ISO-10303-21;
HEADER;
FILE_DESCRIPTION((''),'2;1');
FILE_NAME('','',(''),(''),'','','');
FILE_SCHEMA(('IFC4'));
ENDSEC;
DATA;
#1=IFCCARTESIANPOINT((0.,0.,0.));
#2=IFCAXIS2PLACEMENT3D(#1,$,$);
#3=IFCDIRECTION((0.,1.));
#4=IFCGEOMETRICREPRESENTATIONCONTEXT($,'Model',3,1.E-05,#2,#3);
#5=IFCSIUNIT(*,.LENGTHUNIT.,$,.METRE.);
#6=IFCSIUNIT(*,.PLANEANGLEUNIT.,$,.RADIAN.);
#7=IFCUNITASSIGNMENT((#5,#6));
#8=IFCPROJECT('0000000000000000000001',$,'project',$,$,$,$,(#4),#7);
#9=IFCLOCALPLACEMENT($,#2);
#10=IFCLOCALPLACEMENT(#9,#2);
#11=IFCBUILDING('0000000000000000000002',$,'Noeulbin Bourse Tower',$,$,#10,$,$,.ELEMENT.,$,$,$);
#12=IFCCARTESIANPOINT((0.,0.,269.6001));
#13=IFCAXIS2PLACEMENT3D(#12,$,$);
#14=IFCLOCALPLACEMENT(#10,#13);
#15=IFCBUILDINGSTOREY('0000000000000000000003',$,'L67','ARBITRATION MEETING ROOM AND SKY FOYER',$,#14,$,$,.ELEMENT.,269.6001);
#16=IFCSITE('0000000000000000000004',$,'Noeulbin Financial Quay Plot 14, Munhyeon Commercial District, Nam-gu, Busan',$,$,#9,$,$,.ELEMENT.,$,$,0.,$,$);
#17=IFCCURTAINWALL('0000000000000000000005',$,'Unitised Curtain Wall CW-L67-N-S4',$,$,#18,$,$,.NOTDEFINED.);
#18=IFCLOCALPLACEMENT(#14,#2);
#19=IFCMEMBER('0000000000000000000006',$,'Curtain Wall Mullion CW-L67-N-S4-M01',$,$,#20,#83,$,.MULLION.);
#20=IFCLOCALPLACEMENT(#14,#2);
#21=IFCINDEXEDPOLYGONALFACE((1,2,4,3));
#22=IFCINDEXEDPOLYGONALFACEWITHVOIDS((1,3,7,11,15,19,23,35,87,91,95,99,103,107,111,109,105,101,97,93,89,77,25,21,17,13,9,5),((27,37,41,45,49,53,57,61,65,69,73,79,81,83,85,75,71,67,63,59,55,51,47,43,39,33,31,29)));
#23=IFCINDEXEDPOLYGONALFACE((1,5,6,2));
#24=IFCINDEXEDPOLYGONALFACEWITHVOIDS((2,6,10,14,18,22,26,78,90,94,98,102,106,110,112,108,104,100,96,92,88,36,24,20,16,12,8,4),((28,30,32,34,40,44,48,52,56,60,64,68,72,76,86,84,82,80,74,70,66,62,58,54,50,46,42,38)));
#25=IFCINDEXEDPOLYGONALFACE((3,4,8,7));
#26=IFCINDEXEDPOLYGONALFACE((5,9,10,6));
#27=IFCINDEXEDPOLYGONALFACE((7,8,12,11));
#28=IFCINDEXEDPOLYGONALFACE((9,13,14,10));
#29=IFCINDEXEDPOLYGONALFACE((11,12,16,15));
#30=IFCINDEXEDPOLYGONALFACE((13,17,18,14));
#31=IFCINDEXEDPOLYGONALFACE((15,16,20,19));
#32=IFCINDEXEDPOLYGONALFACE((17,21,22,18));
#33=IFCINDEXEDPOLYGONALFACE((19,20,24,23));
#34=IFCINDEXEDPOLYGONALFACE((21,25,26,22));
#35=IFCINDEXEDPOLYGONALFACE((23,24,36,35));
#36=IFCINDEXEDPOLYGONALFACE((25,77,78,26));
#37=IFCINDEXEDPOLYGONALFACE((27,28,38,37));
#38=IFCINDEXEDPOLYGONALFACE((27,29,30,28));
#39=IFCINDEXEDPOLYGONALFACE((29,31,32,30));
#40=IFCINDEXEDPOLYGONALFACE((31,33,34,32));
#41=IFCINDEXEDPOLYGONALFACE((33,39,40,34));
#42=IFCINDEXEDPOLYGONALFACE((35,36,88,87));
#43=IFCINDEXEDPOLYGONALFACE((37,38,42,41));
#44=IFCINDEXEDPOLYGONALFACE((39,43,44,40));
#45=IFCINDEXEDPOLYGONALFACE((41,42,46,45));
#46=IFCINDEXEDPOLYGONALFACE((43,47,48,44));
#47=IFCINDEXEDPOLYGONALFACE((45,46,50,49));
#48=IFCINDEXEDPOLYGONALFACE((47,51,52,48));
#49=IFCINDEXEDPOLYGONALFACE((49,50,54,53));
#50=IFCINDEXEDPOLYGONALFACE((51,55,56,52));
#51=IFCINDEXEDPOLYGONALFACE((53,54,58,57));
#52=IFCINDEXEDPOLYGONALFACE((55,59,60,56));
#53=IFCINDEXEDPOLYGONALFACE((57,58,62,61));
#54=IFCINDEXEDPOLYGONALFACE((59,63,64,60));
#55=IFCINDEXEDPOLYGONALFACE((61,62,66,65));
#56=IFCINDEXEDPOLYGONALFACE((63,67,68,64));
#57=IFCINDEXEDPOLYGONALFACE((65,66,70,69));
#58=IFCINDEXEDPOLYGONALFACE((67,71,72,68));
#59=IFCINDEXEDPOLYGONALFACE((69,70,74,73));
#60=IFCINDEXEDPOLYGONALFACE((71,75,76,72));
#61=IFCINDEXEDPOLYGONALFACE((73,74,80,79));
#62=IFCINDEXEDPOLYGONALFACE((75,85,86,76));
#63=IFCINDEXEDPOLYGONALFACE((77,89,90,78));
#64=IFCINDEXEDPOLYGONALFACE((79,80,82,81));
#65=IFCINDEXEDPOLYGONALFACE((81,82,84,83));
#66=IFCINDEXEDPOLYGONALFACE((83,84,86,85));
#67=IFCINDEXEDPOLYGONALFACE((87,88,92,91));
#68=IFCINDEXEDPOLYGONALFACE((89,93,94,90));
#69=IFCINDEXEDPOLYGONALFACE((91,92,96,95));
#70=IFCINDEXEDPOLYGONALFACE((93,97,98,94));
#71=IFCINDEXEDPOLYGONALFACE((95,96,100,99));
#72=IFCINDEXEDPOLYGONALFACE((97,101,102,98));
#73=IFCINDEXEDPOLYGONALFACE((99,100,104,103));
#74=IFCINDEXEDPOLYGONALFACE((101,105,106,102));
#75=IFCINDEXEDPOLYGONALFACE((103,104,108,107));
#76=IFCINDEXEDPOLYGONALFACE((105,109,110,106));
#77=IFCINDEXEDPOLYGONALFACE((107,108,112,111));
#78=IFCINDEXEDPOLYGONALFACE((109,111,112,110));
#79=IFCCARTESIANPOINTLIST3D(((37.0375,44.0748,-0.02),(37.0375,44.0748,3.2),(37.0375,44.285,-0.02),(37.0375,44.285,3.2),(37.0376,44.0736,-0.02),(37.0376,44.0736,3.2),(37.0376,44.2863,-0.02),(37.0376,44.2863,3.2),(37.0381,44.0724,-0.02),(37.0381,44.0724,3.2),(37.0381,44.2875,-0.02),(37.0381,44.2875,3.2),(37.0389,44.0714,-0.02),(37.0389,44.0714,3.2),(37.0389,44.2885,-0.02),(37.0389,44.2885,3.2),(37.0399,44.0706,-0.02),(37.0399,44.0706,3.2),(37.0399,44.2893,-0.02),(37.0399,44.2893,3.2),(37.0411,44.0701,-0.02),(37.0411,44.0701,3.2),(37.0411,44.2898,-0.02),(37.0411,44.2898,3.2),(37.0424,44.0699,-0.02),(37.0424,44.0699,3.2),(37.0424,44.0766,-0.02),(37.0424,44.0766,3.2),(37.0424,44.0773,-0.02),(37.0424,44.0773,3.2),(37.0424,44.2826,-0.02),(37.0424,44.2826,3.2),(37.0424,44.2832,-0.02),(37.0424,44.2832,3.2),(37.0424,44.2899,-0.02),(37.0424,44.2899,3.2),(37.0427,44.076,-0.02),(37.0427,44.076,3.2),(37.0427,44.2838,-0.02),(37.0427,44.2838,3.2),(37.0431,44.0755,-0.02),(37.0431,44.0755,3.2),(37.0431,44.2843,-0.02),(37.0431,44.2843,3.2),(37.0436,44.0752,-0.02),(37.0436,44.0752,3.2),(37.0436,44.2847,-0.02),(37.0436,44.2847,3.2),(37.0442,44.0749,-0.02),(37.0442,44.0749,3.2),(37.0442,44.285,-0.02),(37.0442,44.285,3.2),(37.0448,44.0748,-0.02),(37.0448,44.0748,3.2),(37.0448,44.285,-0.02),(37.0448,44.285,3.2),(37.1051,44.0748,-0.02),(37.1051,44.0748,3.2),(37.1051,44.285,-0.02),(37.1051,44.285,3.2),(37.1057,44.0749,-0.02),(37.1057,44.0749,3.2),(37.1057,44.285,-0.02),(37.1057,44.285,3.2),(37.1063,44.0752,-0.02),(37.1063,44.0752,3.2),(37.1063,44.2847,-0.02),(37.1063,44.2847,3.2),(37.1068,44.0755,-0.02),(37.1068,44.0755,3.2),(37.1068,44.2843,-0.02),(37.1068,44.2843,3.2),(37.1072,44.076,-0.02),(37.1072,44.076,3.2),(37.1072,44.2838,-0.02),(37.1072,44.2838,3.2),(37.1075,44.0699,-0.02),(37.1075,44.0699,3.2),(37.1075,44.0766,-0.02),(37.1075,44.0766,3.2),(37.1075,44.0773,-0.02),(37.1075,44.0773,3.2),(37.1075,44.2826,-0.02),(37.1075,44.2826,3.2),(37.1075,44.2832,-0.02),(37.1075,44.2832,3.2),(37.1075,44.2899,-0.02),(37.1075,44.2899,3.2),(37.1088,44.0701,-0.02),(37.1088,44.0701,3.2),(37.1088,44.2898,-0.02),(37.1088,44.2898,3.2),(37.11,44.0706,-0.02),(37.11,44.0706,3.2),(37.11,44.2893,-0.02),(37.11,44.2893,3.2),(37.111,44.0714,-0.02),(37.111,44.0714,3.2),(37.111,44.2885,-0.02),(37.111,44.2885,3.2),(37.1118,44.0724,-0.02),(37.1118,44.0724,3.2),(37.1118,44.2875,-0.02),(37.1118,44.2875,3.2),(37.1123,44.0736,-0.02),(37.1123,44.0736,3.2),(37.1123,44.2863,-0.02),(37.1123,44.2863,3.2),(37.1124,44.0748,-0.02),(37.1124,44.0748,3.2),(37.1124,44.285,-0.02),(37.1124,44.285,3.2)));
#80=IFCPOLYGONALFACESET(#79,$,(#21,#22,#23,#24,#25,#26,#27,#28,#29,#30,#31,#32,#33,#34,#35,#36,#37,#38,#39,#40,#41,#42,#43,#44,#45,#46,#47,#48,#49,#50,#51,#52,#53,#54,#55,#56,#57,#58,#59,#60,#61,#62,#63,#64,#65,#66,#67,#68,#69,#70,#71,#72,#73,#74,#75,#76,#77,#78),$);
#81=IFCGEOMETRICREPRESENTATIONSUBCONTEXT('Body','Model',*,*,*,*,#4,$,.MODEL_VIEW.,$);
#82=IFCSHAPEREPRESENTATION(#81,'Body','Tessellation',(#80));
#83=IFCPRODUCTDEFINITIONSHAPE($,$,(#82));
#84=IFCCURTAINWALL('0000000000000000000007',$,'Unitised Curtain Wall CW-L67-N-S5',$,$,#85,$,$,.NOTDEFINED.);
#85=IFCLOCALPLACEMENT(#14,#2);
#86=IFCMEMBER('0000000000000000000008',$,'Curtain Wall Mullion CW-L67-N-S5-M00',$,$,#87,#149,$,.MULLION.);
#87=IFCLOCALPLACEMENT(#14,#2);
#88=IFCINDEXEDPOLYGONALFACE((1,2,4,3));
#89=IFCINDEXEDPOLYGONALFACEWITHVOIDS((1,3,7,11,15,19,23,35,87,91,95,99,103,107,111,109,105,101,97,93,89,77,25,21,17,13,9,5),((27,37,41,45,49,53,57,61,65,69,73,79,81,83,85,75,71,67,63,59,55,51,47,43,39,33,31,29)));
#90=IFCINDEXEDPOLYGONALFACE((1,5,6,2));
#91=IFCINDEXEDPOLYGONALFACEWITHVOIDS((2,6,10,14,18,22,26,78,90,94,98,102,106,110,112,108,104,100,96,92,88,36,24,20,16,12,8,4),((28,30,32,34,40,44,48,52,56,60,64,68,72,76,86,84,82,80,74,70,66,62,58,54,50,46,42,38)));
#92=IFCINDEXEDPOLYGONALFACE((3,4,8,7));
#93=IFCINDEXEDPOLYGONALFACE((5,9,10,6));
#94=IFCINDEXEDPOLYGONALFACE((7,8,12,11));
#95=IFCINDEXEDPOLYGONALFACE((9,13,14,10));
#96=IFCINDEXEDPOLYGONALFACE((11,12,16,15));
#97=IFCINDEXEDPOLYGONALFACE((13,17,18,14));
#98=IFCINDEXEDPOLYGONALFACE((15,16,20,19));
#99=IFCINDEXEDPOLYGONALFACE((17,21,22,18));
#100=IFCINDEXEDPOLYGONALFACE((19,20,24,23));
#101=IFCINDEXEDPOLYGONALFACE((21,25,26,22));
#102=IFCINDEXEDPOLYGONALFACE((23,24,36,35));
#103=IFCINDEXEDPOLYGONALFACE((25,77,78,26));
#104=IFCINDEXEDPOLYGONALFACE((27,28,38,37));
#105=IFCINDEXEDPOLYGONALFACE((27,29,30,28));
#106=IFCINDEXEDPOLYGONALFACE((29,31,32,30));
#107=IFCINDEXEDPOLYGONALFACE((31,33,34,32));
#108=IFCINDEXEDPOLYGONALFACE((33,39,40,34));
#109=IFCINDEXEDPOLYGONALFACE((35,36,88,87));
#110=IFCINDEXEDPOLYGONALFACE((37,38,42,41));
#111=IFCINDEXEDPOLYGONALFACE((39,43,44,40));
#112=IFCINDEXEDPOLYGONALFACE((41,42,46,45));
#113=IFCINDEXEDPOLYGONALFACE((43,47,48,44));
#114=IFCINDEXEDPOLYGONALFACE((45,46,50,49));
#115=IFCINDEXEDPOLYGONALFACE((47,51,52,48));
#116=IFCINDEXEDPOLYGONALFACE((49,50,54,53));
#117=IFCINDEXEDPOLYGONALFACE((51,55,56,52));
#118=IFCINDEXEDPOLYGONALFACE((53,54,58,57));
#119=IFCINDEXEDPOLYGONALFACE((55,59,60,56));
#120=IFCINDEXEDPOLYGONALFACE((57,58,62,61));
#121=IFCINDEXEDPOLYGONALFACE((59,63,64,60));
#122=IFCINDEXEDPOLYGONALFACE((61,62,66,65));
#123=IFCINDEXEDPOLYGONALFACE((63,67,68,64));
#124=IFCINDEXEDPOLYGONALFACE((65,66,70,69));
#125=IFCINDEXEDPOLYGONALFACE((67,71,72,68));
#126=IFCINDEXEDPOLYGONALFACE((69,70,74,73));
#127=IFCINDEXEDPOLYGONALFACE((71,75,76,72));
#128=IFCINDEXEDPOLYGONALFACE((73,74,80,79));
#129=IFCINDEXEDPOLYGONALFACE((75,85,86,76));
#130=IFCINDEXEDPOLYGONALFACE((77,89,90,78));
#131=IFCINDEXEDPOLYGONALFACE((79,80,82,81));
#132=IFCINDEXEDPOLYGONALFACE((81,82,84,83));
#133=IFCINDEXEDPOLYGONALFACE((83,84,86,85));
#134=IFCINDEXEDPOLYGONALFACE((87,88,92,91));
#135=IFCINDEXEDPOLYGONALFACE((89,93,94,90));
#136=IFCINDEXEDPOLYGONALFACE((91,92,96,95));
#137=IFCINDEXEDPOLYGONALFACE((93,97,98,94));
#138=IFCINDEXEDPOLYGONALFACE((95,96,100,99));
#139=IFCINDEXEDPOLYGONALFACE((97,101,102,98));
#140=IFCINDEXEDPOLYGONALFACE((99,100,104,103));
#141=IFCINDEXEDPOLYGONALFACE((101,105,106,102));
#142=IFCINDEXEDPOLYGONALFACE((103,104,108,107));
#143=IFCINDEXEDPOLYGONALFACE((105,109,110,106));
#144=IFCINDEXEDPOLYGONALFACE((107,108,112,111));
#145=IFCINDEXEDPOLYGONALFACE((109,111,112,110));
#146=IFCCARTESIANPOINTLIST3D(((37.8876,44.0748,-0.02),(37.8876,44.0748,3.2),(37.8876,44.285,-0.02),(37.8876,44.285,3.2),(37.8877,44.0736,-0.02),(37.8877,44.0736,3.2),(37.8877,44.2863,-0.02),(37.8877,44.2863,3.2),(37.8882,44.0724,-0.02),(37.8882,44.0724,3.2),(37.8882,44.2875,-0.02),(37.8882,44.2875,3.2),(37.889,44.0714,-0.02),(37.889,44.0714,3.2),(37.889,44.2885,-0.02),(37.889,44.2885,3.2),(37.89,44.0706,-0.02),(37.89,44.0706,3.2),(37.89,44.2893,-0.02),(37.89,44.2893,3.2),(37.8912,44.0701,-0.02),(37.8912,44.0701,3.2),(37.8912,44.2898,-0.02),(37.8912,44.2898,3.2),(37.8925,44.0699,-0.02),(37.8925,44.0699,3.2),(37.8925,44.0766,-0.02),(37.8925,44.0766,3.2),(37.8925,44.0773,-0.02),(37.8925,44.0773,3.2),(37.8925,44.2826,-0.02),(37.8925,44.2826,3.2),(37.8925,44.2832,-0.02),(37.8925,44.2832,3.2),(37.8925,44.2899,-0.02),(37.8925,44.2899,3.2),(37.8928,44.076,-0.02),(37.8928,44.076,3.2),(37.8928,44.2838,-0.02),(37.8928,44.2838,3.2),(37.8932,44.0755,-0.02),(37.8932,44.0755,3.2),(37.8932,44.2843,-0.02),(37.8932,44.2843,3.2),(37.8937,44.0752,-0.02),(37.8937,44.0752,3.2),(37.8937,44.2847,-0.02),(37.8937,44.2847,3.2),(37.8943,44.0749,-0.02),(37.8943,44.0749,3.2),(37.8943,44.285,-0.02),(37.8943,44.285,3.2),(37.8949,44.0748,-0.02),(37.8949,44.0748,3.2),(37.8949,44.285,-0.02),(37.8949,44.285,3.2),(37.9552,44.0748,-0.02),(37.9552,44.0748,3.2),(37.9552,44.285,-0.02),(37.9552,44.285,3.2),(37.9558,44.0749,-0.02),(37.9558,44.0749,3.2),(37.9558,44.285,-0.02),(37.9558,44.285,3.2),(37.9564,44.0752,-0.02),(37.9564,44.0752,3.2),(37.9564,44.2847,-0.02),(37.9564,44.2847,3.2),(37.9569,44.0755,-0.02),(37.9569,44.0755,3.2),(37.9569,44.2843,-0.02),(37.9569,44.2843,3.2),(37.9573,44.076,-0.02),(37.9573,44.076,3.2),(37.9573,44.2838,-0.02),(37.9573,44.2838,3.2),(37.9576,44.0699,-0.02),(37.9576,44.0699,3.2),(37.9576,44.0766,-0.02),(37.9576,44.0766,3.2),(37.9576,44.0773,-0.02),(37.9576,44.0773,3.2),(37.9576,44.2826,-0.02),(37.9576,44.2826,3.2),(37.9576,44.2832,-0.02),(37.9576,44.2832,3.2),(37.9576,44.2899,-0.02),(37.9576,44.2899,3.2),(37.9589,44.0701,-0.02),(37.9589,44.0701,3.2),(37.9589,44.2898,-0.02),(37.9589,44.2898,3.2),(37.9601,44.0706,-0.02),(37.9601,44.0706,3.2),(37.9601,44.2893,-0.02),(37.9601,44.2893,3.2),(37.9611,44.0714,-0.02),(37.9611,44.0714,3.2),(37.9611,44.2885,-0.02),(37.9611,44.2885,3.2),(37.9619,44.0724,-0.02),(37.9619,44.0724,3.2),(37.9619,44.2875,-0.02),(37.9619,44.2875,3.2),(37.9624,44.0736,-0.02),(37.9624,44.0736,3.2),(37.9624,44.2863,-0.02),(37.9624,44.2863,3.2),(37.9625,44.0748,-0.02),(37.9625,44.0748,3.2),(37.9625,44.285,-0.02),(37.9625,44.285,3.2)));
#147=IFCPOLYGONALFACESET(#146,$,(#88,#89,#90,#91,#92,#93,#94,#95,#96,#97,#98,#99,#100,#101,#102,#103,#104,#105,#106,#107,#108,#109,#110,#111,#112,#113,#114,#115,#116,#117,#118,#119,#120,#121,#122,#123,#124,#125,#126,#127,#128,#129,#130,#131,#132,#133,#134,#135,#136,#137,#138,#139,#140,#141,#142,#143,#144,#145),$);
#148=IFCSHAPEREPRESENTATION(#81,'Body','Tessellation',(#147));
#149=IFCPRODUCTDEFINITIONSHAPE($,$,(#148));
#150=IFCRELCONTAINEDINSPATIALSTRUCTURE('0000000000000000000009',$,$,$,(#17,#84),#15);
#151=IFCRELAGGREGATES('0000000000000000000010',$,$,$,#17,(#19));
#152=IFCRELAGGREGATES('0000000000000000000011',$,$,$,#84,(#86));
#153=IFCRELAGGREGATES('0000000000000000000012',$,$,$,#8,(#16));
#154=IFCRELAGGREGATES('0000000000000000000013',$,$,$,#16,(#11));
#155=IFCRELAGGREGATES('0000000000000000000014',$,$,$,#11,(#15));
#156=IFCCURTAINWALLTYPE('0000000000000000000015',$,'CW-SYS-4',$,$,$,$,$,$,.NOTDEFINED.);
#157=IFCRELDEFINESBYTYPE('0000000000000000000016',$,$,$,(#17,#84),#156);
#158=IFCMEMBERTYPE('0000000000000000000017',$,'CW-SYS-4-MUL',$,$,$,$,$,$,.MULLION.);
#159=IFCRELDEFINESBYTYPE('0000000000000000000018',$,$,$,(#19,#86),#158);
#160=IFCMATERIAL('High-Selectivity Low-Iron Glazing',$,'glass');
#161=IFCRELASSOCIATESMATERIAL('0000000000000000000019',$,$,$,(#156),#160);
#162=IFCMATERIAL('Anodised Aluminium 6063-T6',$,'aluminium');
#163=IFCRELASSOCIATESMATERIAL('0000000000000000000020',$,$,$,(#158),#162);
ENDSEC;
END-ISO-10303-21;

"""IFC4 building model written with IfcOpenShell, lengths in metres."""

from ifc_helpers import new_model, si_unit, direction, frame, origin, origin_2d, place, context, subcontext, project, spatial, hollow_rectangle, extrude, material, material_profile, profile_set, type_object, element, aggregate, save


model = new_model("IFC4")

# Units and contexts
model_context = context("Model", 3, precision=1e-05, world=origin(), true_north=direction((0.0, 1.0)))
body_context = subcontext(model_context, "Body", "Model", "MODEL_VIEW")
ifc_project = project(units=[si_unit("LENGTHUNIT", "METRE"), si_unit("PLANEANGLEUNIT", "RADIAN")], contexts=[model_context])

# Site, building, storey
site_placement = place(None, origin())
site = spatial("IfcSite", under=ifc_project, at=site_placement, Name="Noeulbin Financial Quay Plot 14, Munhyeon Commercial District, Nam-gu, Busan", CompositionType="ELEMENT", RefElevation=0.0)
building_placement = place(site_placement, origin())
building = spatial("IfcBuilding", under=site, at=building_placement, Name="Noeulbin Bourse Tower", CompositionType="ELEMENT")
storey_placement = place(building_placement, frame((0.0, 0.0, 269.6001)))
storey = spatial("IfcBuildingStorey", under=building, at=storey_placement, Name="L67", Description="ARBITRATION MEETING ROOM AND SKY FOYER", CompositionType="ELEMENT", Elevation=269.6001)

# Curtain wall, member
ifc_material_1 = material(Name="High-Selectivity Low-Iron Glazing", Category="glass")
curtain_wall_type = type_object("IfcCurtainWallType", Name="CW-SYS-4", PredefinedType="NOTDEFINED", material=ifc_material_1)
curtain_wall_1_placement = place(storey_placement, origin())
curtain_wall_1 = element("IfcCurtainWall", 1, at=curtain_wall_1_placement, inside=storey, type_object=curtain_wall_type, Name="Unitised Curtain Wall CW-L67-N-S4", PredefinedType="NOTDEFINED")
ifc_material_2 = material(Name="Anodised Aluminium 6063-T6", Category="aluminium")
ifc_material_profile_1 = material_profile(ifc_material_2, hollow_rectangle(XDim=0.075, YDim=0.22, WallThickness=0.0049, InnerFilletRadius=0.0024, OuterFilletRadius=0.0049, at=origin_2d()), Name="ALU-MULL-75x220x5", Category="LoadBearing")
ifc_profile_set_1 = profile_set([ifc_material_profile_1], Name="Anodised Aluminium 6063-T6")
member_type_1 = type_object("IfcMemberType", Name="CW-SYS-4-MUL", PredefinedType="MULLION", material=ifc_profile_set_1)
member_1_placement = place(storey_placement, frame((37.075, 44.1799, -0.02), z_axis=(0.0, 0.0, 1.0), x_axis=(1.0, 0.0, 0.0)))
member_1 = element("IfcMember", 2, at=member_1_placement, type_object=member_type_1, Name="Curtain Wall Mullion CW-L67-N-S4-M01", PredefinedType="MULLION", context=body_context, shape_type="SweptSolid", body=[
    extrude(hollow_rectangle(XDim=0.075, YDim=0.22, WallThickness=0.0049, InnerFilletRadius=0.0024, OuterFilletRadius=0.0049, at=origin_2d()), origin(), (0.0, 0.0, 1.0), 3.22),
])
aggregate(curtain_wall_1, [member_1])

# Curtain wall, member
curtain_wall_2_placement = place(storey_placement, origin())
curtain_wall_2 = element("IfcCurtainWall", 3, at=curtain_wall_2_placement, inside=storey, type_object=curtain_wall_type, Name="Unitised Curtain Wall CW-L67-N-S5", PredefinedType="NOTDEFINED")
member_2_placement = place(storey_placement, frame((37.925, 44.1799, -0.02), z_axis=(0.0, 0.0, 1.0), x_axis=(1.0, 0.0, 0.0)))
member_2 = element("IfcMember", 4, at=member_2_placement, type_object=member_type_1, Name="Curtain Wall Mullion CW-L67-N-S5-M00", PredefinedType="MULLION", context=body_context, shape_type="SweptSolid", body=[
    extrude(hollow_rectangle(XDim=0.075, YDim=0.22, WallThickness=0.0049, InnerFilletRadius=0.0024, OuterFilletRadius=0.0049, at=origin_2d()), origin(), (0.0, 0.0, 1.0), 3.22),
])

aggregate(curtain_wall_2, [member_2])

save(model, "model.ifc")
